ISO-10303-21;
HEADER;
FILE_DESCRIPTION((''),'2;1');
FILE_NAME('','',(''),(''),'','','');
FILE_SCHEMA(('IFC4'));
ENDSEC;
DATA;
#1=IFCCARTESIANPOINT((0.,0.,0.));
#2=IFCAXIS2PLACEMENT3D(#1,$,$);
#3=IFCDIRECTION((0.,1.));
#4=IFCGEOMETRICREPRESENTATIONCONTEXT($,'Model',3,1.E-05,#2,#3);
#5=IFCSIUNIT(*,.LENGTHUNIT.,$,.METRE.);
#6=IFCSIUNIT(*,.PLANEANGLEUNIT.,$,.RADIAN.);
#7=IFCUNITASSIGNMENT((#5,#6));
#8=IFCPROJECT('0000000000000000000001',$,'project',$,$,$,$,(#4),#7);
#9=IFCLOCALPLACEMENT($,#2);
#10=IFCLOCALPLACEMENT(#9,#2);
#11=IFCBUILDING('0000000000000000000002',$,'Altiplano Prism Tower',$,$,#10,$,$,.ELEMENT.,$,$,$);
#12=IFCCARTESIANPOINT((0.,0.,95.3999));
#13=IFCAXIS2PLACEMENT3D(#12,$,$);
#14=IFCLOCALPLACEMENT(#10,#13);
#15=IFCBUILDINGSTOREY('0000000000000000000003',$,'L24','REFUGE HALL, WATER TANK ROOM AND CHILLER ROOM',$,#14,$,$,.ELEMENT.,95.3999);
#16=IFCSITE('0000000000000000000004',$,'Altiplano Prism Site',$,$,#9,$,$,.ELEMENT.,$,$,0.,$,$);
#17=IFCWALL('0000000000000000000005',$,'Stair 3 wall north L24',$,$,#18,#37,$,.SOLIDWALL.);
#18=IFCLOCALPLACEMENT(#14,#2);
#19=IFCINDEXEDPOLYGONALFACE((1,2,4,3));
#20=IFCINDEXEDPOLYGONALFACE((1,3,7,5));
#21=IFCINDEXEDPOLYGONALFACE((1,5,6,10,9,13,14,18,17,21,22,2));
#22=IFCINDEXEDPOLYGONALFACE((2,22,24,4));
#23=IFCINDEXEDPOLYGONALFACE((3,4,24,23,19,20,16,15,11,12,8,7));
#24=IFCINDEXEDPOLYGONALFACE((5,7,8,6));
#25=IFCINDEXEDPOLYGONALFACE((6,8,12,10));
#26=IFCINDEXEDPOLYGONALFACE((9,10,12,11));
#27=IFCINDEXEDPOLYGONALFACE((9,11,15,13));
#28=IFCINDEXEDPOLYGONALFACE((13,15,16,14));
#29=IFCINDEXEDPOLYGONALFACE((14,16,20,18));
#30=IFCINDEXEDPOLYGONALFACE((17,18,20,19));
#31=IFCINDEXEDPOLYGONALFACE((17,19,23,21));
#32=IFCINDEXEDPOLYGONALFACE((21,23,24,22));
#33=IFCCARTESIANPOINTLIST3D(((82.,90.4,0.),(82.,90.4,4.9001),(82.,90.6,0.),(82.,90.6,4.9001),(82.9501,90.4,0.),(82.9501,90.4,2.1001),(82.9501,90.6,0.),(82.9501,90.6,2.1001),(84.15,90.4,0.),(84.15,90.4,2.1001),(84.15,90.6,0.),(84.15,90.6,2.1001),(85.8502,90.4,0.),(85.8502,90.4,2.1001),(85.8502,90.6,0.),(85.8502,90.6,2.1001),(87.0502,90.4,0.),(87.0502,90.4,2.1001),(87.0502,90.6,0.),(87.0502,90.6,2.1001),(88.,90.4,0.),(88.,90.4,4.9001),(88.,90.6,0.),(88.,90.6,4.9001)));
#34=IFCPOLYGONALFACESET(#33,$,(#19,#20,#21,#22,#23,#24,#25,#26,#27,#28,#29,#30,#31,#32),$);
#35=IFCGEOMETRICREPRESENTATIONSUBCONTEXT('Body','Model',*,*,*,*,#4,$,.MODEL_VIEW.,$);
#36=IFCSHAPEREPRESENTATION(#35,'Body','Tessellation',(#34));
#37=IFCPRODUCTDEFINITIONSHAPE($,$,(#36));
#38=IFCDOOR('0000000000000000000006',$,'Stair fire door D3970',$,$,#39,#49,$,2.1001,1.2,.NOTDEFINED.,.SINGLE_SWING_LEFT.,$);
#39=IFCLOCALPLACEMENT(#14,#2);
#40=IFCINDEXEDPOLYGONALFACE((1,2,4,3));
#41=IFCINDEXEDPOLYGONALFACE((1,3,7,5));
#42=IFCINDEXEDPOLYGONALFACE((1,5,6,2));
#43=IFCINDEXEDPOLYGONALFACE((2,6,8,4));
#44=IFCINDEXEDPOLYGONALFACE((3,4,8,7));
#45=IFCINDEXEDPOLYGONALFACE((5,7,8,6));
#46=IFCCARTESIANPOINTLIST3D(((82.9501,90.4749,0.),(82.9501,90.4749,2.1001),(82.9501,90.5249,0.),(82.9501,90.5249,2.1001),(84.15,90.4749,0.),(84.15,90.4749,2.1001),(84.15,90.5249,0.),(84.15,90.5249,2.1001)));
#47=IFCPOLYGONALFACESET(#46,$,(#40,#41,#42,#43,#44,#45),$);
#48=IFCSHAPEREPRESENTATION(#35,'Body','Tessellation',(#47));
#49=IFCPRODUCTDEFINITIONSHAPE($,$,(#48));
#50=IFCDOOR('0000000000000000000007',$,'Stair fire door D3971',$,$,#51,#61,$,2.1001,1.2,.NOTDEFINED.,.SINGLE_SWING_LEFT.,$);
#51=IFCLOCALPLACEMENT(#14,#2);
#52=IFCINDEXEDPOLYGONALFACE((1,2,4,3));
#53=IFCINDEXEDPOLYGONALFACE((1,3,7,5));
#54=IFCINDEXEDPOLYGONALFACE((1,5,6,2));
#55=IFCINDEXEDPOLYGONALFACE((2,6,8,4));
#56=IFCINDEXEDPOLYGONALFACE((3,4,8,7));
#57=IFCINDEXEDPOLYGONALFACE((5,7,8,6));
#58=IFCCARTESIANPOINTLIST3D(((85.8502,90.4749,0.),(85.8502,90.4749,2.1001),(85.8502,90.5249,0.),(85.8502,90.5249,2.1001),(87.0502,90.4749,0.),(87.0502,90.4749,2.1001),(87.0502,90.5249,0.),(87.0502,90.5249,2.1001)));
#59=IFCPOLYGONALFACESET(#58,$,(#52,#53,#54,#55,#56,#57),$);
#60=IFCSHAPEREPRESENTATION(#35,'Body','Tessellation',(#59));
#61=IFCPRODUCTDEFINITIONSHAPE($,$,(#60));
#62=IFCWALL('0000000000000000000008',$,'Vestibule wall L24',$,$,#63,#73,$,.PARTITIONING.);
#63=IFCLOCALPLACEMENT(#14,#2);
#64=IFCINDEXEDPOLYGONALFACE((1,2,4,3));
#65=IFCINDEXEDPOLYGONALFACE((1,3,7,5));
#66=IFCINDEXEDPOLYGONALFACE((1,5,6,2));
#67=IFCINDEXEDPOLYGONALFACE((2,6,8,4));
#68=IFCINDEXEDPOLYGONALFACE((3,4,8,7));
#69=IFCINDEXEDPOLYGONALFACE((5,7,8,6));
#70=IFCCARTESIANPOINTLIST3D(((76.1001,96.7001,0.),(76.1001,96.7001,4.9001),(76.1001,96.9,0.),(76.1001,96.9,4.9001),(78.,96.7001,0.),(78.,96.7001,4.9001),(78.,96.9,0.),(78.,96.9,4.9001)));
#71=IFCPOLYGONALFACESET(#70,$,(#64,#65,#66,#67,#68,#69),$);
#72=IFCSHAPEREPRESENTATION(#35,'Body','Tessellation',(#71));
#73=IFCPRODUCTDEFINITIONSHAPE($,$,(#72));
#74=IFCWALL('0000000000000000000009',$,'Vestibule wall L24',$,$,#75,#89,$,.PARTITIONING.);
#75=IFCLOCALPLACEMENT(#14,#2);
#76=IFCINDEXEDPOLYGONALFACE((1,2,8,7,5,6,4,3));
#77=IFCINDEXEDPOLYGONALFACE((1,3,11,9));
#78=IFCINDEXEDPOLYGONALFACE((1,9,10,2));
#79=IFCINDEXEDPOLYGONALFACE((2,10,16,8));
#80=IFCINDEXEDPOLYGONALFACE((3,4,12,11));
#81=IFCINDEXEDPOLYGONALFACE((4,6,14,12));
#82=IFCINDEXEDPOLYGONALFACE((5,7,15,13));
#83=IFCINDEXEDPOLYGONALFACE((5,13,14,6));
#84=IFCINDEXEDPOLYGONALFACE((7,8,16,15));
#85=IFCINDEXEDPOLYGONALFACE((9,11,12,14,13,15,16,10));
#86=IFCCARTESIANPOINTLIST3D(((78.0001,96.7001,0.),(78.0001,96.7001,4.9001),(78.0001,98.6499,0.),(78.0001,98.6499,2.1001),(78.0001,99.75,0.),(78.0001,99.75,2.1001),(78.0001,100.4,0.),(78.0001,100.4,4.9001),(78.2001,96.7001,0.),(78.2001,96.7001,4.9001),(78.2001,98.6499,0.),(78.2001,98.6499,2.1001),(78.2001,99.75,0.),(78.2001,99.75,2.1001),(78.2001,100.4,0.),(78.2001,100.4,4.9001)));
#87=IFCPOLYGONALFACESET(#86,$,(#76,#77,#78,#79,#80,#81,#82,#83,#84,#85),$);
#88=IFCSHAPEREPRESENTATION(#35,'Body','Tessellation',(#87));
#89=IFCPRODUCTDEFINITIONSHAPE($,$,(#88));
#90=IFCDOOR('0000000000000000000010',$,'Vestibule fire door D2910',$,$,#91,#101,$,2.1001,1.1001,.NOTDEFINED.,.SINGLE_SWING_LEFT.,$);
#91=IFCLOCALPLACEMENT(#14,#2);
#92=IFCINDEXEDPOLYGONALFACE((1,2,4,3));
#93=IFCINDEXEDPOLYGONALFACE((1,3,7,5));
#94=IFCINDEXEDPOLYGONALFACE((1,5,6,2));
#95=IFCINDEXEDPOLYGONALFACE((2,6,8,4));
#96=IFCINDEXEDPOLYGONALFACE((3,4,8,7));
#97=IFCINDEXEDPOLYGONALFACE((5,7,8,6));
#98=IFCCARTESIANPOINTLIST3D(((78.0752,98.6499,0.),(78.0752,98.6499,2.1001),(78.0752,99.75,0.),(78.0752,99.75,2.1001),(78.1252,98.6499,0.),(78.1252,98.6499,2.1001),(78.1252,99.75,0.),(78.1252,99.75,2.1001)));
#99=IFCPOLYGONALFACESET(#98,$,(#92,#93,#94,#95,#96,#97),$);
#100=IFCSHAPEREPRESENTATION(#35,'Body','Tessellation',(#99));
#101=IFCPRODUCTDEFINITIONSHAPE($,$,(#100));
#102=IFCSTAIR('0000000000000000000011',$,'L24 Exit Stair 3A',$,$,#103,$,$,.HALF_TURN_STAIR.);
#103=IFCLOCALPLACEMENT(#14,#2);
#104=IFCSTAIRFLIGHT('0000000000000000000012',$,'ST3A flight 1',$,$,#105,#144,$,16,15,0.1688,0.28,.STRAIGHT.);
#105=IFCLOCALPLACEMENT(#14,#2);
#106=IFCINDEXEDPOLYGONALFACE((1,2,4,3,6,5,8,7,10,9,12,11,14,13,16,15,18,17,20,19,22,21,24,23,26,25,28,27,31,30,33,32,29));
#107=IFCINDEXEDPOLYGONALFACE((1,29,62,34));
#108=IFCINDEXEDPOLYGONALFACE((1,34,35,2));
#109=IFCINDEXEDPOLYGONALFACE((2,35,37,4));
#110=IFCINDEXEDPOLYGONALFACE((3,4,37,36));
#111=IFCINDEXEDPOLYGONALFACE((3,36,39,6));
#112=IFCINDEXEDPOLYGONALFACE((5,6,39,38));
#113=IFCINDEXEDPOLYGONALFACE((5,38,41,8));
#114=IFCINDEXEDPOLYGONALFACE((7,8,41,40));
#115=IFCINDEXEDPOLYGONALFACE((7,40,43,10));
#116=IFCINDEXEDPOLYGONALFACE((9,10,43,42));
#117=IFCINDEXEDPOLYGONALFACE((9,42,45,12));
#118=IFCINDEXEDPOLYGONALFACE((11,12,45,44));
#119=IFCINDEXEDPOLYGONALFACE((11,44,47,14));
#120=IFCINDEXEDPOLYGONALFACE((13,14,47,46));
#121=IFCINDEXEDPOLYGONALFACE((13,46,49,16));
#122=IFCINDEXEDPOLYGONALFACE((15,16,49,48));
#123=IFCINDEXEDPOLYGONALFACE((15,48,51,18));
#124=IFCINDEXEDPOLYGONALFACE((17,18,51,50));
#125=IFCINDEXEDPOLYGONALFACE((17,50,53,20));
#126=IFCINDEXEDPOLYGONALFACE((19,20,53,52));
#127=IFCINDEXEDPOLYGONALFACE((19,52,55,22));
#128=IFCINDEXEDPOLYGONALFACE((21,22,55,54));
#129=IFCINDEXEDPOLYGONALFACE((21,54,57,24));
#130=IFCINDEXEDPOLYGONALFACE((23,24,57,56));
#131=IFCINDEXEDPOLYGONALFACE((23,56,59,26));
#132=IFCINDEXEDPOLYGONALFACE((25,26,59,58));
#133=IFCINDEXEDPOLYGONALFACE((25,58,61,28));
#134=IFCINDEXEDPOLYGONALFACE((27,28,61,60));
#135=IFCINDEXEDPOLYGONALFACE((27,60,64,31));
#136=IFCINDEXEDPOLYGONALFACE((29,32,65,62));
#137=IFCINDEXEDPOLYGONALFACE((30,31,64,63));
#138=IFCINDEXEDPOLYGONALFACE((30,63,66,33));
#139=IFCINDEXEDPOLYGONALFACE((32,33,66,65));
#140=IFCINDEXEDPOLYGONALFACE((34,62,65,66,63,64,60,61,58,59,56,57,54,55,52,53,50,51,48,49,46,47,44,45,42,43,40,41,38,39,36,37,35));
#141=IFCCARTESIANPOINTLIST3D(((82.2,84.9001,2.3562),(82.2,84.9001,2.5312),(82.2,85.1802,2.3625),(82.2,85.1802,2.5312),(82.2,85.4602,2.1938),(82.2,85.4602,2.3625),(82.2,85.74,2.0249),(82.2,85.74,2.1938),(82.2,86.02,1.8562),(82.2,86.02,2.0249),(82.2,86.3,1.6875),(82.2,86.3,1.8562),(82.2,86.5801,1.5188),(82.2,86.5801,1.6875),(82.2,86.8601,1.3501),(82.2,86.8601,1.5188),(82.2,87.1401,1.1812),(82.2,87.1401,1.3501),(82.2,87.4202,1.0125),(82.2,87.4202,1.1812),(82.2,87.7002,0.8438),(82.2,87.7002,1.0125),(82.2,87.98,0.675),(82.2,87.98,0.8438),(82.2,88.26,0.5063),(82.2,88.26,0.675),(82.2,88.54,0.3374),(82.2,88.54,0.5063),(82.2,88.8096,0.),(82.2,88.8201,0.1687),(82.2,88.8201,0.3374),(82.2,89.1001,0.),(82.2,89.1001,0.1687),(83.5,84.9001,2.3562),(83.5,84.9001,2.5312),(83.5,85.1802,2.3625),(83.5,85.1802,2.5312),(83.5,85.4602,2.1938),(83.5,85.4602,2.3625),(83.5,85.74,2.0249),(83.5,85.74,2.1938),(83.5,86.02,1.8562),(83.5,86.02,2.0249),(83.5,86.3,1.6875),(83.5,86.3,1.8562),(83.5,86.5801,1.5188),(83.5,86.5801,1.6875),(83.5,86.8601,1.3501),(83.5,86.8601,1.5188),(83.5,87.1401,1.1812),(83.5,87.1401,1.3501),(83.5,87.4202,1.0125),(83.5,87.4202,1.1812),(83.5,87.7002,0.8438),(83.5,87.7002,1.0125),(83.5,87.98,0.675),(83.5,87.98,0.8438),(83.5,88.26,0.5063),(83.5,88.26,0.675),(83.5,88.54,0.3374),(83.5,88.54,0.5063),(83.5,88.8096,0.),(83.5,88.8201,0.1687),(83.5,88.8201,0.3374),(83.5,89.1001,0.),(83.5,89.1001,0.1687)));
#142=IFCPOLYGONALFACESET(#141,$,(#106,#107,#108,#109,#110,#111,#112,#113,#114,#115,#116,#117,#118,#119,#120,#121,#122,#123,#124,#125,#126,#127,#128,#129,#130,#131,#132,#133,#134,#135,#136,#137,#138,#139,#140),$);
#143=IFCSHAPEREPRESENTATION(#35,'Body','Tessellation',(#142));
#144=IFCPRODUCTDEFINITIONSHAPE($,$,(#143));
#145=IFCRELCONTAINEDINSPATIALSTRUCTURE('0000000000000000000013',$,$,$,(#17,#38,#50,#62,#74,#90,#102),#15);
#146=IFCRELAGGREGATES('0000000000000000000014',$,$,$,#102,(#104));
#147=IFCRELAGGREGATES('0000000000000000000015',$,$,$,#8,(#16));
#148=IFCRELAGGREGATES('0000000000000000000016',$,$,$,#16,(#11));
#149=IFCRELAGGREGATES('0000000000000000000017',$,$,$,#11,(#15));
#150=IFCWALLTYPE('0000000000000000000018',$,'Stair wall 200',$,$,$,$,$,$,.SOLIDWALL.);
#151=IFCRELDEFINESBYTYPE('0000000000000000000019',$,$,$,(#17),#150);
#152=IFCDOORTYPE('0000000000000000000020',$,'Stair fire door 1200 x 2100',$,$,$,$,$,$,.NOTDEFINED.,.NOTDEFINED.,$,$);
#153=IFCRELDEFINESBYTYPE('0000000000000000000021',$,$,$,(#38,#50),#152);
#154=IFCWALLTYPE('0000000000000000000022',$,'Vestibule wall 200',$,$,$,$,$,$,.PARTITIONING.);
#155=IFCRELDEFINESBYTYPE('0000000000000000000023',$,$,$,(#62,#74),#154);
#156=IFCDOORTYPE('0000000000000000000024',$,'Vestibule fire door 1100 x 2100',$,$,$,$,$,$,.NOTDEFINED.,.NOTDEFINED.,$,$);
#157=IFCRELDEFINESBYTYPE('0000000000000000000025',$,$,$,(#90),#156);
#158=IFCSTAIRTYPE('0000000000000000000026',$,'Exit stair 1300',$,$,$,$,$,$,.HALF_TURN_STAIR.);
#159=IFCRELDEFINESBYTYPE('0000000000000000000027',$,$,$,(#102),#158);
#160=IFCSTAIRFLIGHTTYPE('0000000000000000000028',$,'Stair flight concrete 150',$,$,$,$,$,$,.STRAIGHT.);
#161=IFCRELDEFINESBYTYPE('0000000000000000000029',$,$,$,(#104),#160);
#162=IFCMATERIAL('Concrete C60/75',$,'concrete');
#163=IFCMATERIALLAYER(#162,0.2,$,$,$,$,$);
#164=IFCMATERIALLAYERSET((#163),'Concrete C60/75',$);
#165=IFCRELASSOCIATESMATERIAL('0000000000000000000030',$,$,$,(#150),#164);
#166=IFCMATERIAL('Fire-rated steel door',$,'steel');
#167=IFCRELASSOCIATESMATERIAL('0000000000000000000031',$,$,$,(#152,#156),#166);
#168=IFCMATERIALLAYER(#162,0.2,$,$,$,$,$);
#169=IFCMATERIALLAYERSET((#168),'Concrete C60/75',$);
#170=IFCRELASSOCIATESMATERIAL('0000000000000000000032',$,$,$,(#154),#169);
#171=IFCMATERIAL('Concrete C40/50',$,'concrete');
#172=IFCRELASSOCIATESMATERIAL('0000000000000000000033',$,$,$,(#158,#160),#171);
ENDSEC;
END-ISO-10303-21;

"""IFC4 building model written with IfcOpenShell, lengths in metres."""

from ifc_helpers import new_model, si_unit, direction, frame, frame_2d, origin, place, context, subcontext, project, spatial, polyline, rectangle, outline, extrude, material, layer, layer_set, type_object, element, fill, aggregate, save


model = new_model("IFC4")

# Units and contexts
model_context = context("Model", 3, precision=1e-05, world=origin(), true_north=direction((0.0, 1.0)))
body_context = subcontext(model_context, "Body", "Model", "MODEL_VIEW")
ifc_project = project(units=[si_unit("LENGTHUNIT", "METRE"), si_unit("PLANEANGLEUNIT", "RADIAN")], contexts=[model_context])

# Site, building, storey
site_placement = place(None, origin())
site = spatial("IfcSite", under=ifc_project, at=site_placement, Name="Altiplano Prism Site", CompositionType="ELEMENT", RefElevation=0.0)
building_placement = place(site_placement, origin())
building = spatial("IfcBuilding", under=site, at=building_placement, Name="Altiplano Prism Tower", CompositionType="ELEMENT")
storey_placement = place(building_placement, frame((0.0, 0.0, 95.3999)))
storey = spatial("IfcBuildingStorey", under=building, at=storey_placement, Name="L24", Description="REFUGE HALL, WATER TANK ROOM AND CHILLER ROOM", CompositionType="ELEMENT", Elevation=95.3999)

# Shared definitions
ifc_material_1 = material(Name="Concrete C60/75", Category="concrete")

# Shared definitions
ifc_layer_1 = layer(ifc_material_1, 0.2)
ifc_layer_set_1 = layer_set([ifc_layer_1], Name="Concrete C60/75")
wall_type_1 = type_object("IfcWallType", Name="Stair wall 200", PredefinedType="SOLIDWALL", material=ifc_layer_set_1)
ifc_material_2 = material(Name="Fire-rated steel door", Category="steel")

# Wall, openings, doors
wall_1_placement = place(storey_placement, frame((82.0, 90.5, 0.0), z_axis=(0.0, 0.0, 1.0), x_axis=(1.0, 0.0, 0.0)))
wall_1 = element("IfcWall", 1, at=wall_1_placement, inside=storey, type_object=wall_type_1, Name="Stair 3 wall north L24", PredefinedType="SOLIDWALL", context=body_context, shape_type="SweptSolid", body=[
    extrude(rectangle(XDim=6.0, YDim=0.2, at=frame_2d((3.0, 0.0))), origin(), (0.0, 0.0, 1.0), 4.9001),
])
opening_1_placement = place(wall_1_placement, frame((0.95, 0.0, 0.0)))
opening_1 = element("IfcOpeningElement", 2, at=opening_1_placement, cuts=wall_1, PredefinedType="OPENING", context=body_context, shape_type="SweptSolid", body=[
    extrude(rectangle(XDim=1.2, YDim=2.1001, at=frame_2d((0.6001, 1.05))), frame((0.0, 0.1104, 0.0), z_axis=(0.0, -1.0, 0.0), x_axis=(1.0, 0.0, 0.0)), (0.0, 0.0, 1.0), 0.2209),
])
opening_2_placement = place(wall_1_placement, frame((3.8501, 0.0, 0.0)))
opening_2 = element("IfcOpeningElement", 3, at=opening_2_placement, cuts=wall_1, PredefinedType="OPENING", context=body_context, shape_type="SweptSolid", body=[
    extrude(rectangle(XDim=1.2, YDim=2.1001, at=frame_2d((0.6001, 1.05))), frame((0.0, 0.1104, 0.0), z_axis=(0.0, -1.0, 0.0), x_axis=(1.0, 0.0, 0.0)), (0.0, 0.0, 1.0), 0.2209),
])
door_type_1 = type_object("IfcDoorType", Name="Stair fire door 1200 x 2100", OperationType="NOTDEFINED", PredefinedType="NOTDEFINED", material=ifc_material_2)
door_1_placement = place(opening_1_placement, origin())
door_1 = element("IfcDoor", 4, at=door_1_placement, inside=storey, type_object=door_type_1, Name="Stair fire door D3970", OperationType="SINGLE_SWING_LEFT", OverallHeight=2.1001, OverallWidth=1.2, PredefinedType="NOTDEFINED", context=body_context, shape_type="SweptSolid", body=[
    extrude(rectangle(XDim=1.2, YDim=2.1001, at=frame_2d((0.6001, 1.05))), frame((0.0, 0.0249, 0.0), z_axis=(0.0, -1.0, 0.0), x_axis=(1.0, 0.0, 0.0)), (0.0, 0.0, 1.0), 0.05),
])
fill(opening_1, door_1)
door_2_placement = place(opening_2_placement, origin())
door_2 = element("IfcDoor", 5, at=door_2_placement, inside=storey, type_object=door_type_1, Name="Stair fire door D3971", OperationType="SINGLE_SWING_LEFT", OverallHeight=2.1001, OverallWidth=1.2, PredefinedType="NOTDEFINED", context=body_context, shape_type="SweptSolid", body=[
    extrude(rectangle(XDim=1.2, YDim=2.1001, at=frame_2d((0.6001, 1.05))), frame((0.0, 0.0249, 0.0), z_axis=(0.0, -1.0, 0.0), x_axis=(1.0, 0.0, 0.0)), (0.0, 0.0, 1.0), 0.05),
])
fill(opening_2, door_2)

# Wall
ifc_layer_2 = layer(ifc_material_1, 0.2)
ifc_layer_set_2 = layer_set([ifc_layer_2], Name="Concrete C60/75")
wall_type_2 = type_object("IfcWallType", Name="Vestibule wall 200", PredefinedType="PARTITIONING", material=ifc_layer_set_2)
wall_2_placement = place(storey_placement, frame((76.1001, 96.8, 0.0), z_axis=(0.0, 0.0, 1.0), x_axis=(1.0, 0.0, 0.0)))
element("IfcWall", 6, at=wall_2_placement, inside=storey, type_object=wall_type_2, Name="Vestibule wall L24", PredefinedType="PARTITIONING", context=body_context, shape_type="SweptSolid", body=[
    extrude(rectangle(XDim=1.8999, YDim=0.2, at=frame_2d((0.95, 0.0))), origin(), (0.0, 0.0, 1.0), 4.9001),
])

# Wall, opening, door
wall_3_placement = place(storey_placement, frame((78.1001, 96.7, 0.0), z_axis=(0.0, 0.0, 1.0), x_axis=(0.0, 1.0, 0.0)))
wall_3 = element("IfcWall", 7, at=wall_3_placement, inside=storey, type_object=wall_type_2, Name="Vestibule wall L24", PredefinedType="PARTITIONING", context=body_context, shape_type="SweptSolid", body=[
    extrude(rectangle(XDim=3.7, YDim=0.2, at=frame_2d((1.8501, 0.0))), origin(), (0.0, 0.0, 1.0), 4.9001),
])
opening_3_placement = place(wall_3_placement, frame((1.95, 0.0, 0.0)))
opening_3 = element("IfcOpeningElement", 8, at=opening_3_placement, cuts=wall_3, PredefinedType="OPENING", context=body_context, shape_type="SweptSolid", body=[
    extrude(rectangle(XDim=1.1001, YDim=2.1001, at=frame_2d((0.55, 1.05))), frame((0.0, 0.1104, 0.0), z_axis=(0.0, -1.0, 0.0), x_axis=(1.0, 0.0, 0.0)), (0.0, 0.0, 1.0), 0.2209),
])
door_type_2 = type_object("IfcDoorType", Name="Vestibule fire door 1100 x 2100", OperationType="NOTDEFINED", PredefinedType="NOTDEFINED", material=ifc_material_2)
door_3_placement = place(opening_3_placement, origin())
door_3 = element("IfcDoor", 9, at=door_3_placement, inside=storey, type_object=door_type_2, Name="Vestibule fire door D2910", OperationType="SINGLE_SWING_LEFT", OverallHeight=2.1001, OverallWidth=1.1001, PredefinedType="NOTDEFINED", context=body_context, shape_type="SweptSolid", body=[
    extrude(rectangle(XDim=1.1001, YDim=2.1001, at=frame_2d((0.55, 1.05))), frame((0.0, 0.0249, 0.0), z_axis=(0.0, -1.0, 0.0), x_axis=(1.0, 0.0, 0.0)), (0.0, 0.0, 1.0), 0.05),
])
fill(opening_3, door_3)

# Stair, stair flight
ifc_material_3 = material(Name="Concrete C40/50", Category="concrete")
stair_type = type_object("IfcStairType", Name="Exit stair 1300", PredefinedType="HALF_TURN_STAIR", material=ifc_material_3)
stair_placement = place(storey_placement, origin())
stair = element("IfcStair", 10, at=stair_placement, inside=storey, type_object=stair_type, Name="L24 Exit Stair 3A", PredefinedType="HALF_TURN_STAIR")
stair_flight_type = type_object("IfcStairFlightType", Name="Stair flight concrete 150", PredefinedType="STRAIGHT", material=ifc_material_3)
stair_flight_placement = place(storey_placement, frame((82.8501, 89.1001, 0.0), z_axis=(0.0, 0.0, 1.0), x_axis=(0.0, -1.0, 0.0)))
stair_flight = element("IfcStairFlight", 11, at=stair_flight_placement, type_object=stair_flight_type, Name="ST3A flight 1", NumberOfRisers=16, NumberOfTreads=15, PredefinedType="STRAIGHT", RiserHeight=0.1688, TreadLength=0.28, context=body_context, shape_type="SweptSolid", body=[
    extrude(outline(polyline([(0.0, 0.0), (0.0, 0.1687), (0.28, 0.1687), (0.28, 0.3374), (0.5601, 0.3374), (0.5601, 0.5063), (0.8401, 0.5063), (0.8401, 0.675), (1.1201, 0.675), (1.1201, 0.8438), (1.3999, 0.8438), (1.3999, 1.0125), (1.6799, 1.0125), (1.6799, 1.1812), (1.96, 1.1812), (1.96, 1.3501), (2.24, 1.3501), (2.24, 1.5188), (2.52, 1.5188), (2.52, 1.6875), (2.8, 1.6875), (2.8, 1.8562), (3.0801, 1.8562), (3.0801, 2.0249), (3.3601, 2.0249), (3.3601, 2.1938), (3.6399, 2.1938), (3.6399, 2.3625), (3.9199, 2.3625), (3.9199, 2.5312), (4.2, 2.5312), (4.2, 2.7), (4.2, 2.3562), (0.2905, 0.0), (0.0, 0.0)])), frame((0.0, 0.6499, 0.0), z_axis=(0.0, -1.0, 0.0), x_axis=(1.0, 0.0, 0.0)), (0.0, 0.0, 1.0), 1.3),
])
aggregate(stair, [stair_flight])

save(model, "model.ifc")
